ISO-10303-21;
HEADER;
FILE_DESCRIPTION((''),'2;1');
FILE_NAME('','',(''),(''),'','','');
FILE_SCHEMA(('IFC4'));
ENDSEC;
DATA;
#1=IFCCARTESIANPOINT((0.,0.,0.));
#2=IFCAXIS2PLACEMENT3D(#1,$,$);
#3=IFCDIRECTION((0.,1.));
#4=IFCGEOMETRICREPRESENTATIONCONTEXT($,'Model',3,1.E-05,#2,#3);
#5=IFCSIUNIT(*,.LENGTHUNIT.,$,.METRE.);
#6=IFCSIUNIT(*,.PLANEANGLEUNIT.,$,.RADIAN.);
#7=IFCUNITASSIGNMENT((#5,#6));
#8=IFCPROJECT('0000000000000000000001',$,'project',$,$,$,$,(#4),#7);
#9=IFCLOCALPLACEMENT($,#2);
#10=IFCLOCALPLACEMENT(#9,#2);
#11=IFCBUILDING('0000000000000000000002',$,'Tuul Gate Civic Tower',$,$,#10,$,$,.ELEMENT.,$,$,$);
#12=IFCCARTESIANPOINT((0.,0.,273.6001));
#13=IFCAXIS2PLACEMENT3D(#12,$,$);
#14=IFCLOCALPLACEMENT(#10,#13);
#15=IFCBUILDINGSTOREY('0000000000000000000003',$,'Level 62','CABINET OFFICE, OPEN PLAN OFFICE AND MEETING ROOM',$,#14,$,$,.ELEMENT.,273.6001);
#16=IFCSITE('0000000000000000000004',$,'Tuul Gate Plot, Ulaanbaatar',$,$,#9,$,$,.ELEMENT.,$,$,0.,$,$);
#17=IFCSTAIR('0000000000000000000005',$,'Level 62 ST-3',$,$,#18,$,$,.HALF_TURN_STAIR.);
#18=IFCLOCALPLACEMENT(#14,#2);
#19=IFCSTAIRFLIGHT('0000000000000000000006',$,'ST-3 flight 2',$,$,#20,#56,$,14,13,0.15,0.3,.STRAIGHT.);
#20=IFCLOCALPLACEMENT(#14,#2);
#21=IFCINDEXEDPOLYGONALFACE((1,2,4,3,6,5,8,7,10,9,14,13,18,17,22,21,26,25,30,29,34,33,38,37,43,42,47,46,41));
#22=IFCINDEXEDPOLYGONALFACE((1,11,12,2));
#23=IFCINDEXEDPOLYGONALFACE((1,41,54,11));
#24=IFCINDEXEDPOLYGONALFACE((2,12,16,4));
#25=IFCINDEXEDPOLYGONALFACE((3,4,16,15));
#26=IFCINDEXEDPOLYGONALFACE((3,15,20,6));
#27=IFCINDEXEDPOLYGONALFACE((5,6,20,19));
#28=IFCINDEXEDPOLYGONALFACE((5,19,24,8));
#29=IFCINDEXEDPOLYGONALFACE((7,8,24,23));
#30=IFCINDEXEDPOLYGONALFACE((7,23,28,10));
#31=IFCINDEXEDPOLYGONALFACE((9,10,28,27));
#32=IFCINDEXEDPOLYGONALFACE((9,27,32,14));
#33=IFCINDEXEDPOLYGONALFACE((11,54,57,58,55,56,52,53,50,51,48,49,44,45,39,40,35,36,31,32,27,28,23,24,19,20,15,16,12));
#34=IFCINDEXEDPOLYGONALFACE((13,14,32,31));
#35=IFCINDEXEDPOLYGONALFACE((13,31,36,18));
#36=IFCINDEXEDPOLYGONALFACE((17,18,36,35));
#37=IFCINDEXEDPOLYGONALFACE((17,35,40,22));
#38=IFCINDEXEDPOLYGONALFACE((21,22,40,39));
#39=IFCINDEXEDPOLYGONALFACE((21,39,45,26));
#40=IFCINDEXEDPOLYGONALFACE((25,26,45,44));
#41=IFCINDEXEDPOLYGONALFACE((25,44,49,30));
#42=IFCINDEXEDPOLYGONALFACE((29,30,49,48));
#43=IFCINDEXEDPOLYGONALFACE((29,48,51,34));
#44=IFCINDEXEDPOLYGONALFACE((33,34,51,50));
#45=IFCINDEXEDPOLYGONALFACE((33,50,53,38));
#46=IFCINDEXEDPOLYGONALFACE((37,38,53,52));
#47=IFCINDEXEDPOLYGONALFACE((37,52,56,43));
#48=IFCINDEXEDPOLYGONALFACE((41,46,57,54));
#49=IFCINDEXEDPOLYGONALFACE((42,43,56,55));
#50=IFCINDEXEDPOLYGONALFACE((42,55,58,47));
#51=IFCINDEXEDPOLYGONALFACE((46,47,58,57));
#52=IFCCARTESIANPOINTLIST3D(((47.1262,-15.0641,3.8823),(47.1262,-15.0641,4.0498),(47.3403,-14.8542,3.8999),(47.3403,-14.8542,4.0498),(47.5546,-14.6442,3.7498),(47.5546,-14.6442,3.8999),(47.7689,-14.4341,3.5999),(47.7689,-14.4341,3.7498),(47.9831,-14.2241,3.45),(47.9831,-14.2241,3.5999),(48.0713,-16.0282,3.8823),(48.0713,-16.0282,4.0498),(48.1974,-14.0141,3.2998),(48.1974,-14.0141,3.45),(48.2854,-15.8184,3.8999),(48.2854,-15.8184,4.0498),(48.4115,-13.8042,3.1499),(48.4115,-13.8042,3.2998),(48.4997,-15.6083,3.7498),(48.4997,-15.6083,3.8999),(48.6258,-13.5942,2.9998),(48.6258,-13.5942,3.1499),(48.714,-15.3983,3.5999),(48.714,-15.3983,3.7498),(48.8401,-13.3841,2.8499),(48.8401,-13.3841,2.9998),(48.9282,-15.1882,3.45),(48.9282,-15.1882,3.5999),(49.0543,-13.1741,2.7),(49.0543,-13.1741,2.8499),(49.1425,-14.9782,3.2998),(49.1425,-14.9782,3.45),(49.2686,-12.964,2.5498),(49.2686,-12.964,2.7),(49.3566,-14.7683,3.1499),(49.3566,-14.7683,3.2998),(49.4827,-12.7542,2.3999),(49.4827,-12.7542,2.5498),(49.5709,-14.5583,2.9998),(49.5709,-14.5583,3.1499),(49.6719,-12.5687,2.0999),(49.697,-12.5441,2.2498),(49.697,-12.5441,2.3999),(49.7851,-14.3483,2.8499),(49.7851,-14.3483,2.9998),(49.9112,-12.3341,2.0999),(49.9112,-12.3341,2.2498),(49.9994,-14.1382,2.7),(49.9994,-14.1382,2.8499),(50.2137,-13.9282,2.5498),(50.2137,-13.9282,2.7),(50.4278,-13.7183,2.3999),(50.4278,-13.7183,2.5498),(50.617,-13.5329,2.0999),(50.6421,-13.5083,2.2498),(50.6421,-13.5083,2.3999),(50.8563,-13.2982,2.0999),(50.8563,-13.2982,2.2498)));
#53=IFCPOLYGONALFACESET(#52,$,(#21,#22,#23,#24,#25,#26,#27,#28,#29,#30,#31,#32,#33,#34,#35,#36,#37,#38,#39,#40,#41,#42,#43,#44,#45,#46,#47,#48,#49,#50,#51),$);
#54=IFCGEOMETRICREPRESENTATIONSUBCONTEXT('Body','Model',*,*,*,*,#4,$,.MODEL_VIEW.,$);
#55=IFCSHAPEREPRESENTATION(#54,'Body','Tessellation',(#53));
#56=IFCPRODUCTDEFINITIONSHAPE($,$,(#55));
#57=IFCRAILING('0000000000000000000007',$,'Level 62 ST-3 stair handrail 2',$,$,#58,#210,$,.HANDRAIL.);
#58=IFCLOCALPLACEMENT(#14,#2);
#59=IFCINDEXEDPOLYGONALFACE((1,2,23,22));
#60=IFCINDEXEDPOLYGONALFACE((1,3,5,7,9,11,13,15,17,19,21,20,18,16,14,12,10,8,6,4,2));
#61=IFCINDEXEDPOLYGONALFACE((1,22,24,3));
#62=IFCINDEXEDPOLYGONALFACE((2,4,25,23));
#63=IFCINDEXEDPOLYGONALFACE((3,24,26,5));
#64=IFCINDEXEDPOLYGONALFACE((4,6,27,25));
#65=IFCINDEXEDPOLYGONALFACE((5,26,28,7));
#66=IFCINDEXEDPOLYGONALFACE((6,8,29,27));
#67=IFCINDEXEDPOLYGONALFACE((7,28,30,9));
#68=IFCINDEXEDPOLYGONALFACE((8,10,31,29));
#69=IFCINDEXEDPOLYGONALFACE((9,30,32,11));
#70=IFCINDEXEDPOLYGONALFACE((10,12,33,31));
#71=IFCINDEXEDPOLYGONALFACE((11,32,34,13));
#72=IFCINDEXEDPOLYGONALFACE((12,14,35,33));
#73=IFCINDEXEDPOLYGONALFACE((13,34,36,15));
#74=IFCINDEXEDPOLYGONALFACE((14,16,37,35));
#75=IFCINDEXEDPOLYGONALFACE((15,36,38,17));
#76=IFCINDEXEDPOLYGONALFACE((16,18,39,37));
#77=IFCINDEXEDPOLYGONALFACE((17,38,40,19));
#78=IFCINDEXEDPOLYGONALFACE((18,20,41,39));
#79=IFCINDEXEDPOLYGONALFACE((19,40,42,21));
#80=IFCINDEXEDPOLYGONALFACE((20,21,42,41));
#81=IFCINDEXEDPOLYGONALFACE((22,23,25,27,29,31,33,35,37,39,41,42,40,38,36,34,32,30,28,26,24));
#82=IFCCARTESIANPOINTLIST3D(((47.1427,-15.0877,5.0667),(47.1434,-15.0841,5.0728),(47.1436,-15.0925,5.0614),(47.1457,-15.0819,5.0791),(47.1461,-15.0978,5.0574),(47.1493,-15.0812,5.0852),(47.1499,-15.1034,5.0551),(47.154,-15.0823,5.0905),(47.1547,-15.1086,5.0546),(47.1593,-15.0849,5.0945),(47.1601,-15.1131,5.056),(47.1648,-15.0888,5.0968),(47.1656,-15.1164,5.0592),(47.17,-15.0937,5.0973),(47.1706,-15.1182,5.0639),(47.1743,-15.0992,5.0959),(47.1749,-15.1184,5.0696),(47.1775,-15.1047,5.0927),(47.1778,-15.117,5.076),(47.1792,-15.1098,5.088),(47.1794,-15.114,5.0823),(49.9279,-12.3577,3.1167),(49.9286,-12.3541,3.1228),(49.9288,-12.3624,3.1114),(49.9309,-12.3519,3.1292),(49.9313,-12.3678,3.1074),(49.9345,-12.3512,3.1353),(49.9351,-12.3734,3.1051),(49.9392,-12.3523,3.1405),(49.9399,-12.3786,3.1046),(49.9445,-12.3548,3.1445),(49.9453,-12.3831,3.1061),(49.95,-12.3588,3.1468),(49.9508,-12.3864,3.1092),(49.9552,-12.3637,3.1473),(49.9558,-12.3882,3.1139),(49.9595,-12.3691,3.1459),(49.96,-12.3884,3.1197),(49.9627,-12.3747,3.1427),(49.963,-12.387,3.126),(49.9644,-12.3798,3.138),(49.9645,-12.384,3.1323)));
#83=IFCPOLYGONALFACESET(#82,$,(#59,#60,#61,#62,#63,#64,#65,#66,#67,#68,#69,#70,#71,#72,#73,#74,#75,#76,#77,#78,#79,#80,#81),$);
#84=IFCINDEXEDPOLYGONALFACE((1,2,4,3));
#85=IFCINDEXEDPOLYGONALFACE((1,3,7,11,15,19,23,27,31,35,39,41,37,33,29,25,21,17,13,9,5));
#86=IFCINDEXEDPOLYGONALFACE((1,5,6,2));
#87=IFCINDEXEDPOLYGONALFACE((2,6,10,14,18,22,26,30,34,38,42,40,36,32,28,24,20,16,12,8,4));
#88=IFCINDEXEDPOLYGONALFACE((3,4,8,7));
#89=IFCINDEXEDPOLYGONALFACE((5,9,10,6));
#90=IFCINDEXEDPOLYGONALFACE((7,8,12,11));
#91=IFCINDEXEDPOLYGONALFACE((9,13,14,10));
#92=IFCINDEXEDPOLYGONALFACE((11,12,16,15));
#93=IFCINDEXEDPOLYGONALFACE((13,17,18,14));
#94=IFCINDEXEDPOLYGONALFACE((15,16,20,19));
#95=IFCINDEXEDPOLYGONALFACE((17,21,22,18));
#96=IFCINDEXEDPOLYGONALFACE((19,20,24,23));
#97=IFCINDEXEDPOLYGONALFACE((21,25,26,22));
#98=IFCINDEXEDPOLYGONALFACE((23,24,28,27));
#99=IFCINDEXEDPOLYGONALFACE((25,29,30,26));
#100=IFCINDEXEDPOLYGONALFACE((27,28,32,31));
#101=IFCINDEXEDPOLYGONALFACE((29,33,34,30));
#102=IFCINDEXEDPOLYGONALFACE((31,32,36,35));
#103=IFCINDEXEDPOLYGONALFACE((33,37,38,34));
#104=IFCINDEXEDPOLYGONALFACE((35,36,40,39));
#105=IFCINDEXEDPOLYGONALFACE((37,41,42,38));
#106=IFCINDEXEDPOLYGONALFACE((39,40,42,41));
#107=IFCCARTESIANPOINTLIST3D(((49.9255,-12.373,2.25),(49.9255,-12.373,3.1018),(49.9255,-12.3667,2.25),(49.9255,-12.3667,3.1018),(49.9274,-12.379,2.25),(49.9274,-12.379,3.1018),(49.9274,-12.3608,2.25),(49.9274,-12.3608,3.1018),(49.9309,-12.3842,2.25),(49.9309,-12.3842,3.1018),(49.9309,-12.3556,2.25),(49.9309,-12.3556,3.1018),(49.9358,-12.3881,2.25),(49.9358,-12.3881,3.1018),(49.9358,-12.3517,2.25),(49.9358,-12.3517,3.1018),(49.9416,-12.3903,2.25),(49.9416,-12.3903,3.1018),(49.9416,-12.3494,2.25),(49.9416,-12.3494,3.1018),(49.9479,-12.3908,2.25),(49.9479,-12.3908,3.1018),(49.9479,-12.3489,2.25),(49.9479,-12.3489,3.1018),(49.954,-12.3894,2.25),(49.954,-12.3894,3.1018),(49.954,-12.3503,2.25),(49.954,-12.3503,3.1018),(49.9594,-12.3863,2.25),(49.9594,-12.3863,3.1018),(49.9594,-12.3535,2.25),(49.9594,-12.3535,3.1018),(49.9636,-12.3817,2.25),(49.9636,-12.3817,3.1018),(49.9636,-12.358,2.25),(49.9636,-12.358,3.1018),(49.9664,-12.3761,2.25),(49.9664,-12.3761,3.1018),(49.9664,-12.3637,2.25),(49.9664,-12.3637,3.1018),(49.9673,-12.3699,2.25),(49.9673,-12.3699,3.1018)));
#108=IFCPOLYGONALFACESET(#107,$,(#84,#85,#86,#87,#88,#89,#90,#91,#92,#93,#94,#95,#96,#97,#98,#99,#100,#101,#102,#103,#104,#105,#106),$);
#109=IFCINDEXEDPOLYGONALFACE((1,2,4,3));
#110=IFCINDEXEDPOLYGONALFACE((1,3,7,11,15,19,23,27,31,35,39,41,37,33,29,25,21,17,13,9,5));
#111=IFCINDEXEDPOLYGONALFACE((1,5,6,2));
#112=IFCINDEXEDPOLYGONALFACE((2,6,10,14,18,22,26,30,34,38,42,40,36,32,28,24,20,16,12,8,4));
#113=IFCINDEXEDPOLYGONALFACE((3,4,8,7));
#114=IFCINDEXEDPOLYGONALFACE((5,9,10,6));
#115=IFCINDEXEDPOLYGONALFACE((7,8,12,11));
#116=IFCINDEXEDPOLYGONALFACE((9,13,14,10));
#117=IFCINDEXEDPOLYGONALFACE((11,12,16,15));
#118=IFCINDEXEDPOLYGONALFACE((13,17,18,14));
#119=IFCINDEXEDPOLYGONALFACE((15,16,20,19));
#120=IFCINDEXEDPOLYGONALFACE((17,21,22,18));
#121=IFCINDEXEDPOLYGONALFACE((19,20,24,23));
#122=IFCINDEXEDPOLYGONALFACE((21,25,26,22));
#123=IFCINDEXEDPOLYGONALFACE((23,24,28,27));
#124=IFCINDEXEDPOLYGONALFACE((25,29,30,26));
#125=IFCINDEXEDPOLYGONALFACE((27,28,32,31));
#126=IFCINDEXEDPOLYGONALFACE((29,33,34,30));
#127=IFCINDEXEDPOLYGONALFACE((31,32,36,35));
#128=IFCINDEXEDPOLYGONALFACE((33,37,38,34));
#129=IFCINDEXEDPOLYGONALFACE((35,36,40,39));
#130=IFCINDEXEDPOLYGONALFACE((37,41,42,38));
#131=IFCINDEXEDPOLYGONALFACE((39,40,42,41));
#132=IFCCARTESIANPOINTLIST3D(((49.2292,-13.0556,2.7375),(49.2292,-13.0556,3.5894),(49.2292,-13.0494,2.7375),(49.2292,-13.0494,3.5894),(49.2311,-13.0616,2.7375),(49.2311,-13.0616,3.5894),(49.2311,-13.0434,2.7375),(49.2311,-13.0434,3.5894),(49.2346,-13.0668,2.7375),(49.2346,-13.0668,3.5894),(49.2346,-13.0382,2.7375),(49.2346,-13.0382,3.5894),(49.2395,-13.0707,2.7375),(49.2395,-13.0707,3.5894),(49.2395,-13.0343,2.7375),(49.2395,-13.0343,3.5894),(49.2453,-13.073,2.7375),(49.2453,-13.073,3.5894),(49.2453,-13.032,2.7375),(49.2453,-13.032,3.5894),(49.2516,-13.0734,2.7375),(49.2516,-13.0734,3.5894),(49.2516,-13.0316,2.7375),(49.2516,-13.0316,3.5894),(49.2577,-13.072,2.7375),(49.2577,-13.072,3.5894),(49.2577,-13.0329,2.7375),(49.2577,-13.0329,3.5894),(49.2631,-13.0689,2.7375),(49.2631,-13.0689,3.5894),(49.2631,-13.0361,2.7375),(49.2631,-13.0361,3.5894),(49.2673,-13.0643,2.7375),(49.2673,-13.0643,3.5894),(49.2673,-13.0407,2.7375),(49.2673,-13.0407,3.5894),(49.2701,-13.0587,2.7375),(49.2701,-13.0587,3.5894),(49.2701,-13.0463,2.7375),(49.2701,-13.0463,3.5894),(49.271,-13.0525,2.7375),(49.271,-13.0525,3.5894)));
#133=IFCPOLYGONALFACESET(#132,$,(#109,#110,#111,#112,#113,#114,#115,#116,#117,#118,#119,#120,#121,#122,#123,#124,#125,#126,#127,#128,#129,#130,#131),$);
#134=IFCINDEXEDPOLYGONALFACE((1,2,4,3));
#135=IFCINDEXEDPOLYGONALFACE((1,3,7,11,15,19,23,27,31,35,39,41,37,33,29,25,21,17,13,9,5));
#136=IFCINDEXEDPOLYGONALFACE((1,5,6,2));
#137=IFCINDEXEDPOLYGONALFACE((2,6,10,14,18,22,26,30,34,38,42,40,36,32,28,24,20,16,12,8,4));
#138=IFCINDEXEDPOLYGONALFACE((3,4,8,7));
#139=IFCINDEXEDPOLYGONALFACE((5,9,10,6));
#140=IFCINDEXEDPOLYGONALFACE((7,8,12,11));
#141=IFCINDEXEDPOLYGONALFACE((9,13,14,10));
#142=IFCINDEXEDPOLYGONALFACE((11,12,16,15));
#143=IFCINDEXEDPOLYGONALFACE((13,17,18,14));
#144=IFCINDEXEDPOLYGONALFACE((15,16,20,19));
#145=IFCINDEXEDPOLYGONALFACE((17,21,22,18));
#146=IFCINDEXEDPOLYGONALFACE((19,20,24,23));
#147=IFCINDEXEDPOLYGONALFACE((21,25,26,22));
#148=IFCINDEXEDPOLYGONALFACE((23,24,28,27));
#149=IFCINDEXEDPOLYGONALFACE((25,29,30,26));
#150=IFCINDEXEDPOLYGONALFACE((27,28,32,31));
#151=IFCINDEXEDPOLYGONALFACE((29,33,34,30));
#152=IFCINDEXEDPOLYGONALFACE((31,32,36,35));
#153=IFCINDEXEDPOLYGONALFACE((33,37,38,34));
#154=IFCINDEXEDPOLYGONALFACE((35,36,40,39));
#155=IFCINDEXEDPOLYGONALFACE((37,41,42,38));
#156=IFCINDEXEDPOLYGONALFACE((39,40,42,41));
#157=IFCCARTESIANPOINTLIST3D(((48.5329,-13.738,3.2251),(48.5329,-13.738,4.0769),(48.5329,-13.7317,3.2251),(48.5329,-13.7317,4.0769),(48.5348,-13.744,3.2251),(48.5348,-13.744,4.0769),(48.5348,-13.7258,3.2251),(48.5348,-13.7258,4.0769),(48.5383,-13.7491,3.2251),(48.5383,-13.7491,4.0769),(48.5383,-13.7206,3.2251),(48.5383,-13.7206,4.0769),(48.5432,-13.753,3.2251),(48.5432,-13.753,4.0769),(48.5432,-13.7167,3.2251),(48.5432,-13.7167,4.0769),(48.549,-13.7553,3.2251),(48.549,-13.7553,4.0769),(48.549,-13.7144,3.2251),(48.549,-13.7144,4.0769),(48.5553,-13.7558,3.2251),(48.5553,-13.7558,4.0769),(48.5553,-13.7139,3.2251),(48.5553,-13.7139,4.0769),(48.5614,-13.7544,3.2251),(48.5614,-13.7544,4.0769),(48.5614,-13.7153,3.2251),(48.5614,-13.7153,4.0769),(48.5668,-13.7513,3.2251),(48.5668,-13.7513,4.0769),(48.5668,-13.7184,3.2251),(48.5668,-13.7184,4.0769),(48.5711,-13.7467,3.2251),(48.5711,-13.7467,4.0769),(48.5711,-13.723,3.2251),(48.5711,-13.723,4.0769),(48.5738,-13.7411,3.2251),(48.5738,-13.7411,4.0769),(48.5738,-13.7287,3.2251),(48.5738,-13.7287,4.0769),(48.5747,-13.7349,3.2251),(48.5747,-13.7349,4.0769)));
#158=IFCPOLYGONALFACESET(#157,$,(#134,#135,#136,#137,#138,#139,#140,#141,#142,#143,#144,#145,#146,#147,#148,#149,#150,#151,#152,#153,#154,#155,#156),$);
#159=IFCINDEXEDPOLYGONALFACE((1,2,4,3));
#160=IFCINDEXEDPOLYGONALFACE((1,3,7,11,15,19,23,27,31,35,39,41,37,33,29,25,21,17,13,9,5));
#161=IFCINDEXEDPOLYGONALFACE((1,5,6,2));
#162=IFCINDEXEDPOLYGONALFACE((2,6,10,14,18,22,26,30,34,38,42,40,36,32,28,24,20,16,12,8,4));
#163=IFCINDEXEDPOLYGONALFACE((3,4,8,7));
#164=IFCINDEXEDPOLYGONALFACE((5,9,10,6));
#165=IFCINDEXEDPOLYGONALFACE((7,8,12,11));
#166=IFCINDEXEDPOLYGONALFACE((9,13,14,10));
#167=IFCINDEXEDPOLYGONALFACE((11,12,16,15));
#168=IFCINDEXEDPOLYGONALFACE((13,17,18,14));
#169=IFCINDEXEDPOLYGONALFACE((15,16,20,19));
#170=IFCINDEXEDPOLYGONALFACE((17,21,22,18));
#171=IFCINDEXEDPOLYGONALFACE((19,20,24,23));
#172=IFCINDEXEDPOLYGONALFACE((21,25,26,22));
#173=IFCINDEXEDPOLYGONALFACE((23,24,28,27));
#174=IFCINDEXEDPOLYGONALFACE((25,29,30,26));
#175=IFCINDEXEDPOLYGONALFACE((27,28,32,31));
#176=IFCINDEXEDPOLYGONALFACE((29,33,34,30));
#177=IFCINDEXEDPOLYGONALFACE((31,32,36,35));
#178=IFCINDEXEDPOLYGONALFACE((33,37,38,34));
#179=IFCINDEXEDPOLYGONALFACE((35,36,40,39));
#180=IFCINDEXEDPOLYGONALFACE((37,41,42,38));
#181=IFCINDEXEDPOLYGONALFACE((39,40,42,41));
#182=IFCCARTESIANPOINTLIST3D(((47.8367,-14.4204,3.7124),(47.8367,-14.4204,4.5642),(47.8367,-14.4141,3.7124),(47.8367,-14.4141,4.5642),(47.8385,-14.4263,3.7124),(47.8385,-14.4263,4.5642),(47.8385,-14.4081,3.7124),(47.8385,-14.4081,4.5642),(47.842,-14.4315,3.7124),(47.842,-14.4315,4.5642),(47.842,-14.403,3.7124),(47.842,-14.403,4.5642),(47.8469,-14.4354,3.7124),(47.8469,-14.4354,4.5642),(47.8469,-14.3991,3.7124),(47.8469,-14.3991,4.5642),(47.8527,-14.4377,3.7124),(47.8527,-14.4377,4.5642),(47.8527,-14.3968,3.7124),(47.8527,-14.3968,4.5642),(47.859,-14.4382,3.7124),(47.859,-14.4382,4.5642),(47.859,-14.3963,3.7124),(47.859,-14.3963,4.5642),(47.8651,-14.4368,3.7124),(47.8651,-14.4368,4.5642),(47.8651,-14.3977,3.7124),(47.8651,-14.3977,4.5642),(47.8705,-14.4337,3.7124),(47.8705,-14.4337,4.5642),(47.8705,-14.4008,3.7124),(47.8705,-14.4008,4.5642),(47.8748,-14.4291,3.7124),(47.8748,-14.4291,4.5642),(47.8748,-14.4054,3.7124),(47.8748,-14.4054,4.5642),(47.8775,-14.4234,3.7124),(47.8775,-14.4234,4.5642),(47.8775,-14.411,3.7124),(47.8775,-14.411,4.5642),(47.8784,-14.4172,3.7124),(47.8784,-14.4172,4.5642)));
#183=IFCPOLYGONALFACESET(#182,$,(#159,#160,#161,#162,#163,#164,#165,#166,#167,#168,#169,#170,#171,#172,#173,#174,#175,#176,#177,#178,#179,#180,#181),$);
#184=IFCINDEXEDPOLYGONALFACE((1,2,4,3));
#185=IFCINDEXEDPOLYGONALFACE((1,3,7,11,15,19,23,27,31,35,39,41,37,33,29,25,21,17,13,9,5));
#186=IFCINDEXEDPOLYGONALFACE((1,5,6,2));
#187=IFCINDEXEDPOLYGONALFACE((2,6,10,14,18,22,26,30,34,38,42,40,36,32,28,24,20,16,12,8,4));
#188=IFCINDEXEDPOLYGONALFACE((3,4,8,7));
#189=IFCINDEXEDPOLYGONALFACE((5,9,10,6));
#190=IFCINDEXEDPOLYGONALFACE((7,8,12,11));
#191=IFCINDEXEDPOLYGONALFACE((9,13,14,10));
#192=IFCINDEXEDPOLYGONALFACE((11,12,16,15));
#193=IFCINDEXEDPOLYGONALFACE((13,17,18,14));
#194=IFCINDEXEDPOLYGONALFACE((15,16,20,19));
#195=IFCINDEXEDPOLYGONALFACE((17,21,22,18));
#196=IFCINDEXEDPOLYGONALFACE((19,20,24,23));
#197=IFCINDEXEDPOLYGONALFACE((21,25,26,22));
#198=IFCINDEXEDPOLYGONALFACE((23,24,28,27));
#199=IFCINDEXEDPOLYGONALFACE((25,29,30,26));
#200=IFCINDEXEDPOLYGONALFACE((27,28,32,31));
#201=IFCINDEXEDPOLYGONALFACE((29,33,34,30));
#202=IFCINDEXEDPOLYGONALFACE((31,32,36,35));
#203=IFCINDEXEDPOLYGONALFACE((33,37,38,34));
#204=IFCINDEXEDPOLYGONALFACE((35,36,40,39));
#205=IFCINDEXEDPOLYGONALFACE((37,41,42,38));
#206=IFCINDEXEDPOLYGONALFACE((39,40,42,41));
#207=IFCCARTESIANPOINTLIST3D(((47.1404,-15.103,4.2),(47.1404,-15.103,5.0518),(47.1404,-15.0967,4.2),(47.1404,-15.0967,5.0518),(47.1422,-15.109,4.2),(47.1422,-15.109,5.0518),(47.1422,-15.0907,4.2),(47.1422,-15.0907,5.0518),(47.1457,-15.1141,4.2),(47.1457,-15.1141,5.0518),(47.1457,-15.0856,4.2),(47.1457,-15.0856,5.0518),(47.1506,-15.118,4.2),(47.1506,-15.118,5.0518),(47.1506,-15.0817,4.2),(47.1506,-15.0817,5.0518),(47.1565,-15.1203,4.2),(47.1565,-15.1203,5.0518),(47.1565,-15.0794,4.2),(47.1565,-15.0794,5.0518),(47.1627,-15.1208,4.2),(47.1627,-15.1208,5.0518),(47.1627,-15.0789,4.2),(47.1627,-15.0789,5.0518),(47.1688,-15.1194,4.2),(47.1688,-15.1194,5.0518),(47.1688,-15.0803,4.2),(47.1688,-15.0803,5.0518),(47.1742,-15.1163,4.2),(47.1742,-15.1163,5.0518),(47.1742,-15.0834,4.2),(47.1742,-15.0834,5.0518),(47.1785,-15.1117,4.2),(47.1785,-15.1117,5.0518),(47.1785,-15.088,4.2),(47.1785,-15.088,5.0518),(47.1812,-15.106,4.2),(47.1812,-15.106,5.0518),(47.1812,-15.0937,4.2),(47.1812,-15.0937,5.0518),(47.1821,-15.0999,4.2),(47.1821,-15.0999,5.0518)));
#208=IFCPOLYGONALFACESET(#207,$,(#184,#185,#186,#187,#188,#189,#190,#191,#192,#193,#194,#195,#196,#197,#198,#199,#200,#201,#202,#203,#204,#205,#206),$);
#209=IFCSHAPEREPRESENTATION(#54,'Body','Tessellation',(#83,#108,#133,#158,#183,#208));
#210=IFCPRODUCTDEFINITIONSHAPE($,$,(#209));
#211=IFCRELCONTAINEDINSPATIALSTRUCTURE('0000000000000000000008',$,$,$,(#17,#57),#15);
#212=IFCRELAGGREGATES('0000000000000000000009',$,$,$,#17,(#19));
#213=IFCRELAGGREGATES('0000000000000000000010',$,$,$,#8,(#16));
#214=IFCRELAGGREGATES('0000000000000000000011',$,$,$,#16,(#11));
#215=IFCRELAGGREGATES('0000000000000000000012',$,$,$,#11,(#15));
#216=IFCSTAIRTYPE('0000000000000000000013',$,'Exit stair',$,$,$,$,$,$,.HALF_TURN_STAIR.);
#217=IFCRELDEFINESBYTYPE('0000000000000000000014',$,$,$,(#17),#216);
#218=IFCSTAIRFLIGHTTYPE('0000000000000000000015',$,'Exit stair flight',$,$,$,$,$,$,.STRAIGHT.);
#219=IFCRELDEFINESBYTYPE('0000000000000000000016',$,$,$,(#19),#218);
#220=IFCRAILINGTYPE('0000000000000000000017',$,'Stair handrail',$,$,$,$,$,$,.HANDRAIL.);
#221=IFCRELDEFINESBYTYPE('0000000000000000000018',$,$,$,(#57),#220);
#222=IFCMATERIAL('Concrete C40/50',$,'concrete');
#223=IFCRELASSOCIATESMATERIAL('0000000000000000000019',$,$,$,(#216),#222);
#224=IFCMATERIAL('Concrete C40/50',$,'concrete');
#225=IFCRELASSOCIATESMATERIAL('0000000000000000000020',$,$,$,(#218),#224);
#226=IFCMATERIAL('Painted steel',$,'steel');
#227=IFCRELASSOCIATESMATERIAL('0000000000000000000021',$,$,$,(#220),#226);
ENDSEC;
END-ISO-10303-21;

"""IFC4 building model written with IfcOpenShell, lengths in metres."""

from ifc_helpers import new_model, si_unit, direction, frame, origin, origin_2d, place, context, subcontext, project, spatial, polyline, circle, outline, extrude, material, type_object, element, aggregate, save


model = new_model("IFC4")

# Units and contexts
model_context = context("Model", 3, precision=1e-05, world=origin(), true_north=direction((0.0, 1.0)))
body_context = subcontext(model_context, "Body", "Model", "MODEL_VIEW")
ifc_project = project(units=[si_unit("LENGTHUNIT", "METRE"), si_unit("PLANEANGLEUNIT", "RADIAN")], contexts=[model_context])

# Site, building, storey
site_placement = place(None, origin())
site = spatial("IfcSite", under=ifc_project, at=site_placement, Name="Tuul Gate Plot, Ulaanbaatar", CompositionType="ELEMENT", RefElevation=0.0)
building_placement = place(site_placement, origin())
building = spatial("IfcBuilding", under=site, at=building_placement, Name="Tuul Gate Civic Tower", CompositionType="ELEMENT")
storey_placement = place(building_placement, frame((0.0, 0.0, 273.6001)))
storey = spatial("IfcBuildingStorey", under=building, at=storey_placement, Name="Level 62", Description="CABINET OFFICE, OPEN PLAN OFFICE AND MEETING ROOM", CompositionType="ELEMENT", Elevation=273.6001)

# Stair, stair flight
ifc_material_1 = material(Name="Concrete C40/50", Category="concrete")
stair_type = type_object("IfcStairType", Name="Exit stair", PredefinedType="HALF_TURN_STAIR", material=ifc_material_1)
stair_placement = place(storey_placement, origin())
stair = element("IfcStair", 1, at=stair_placement, inside=storey, type_object=stair_type, Name="Level 62 ST-3", PredefinedType="HALF_TURN_STAIR")
ifc_material_2 = material(Name="Concrete C40/50", Category="concrete")
stair_flight_type = type_object("IfcStairFlightType", Name="Exit stair flight", PredefinedType="STRAIGHT", material=ifc_material_2)
stair_flight_placement = place(storey_placement, frame((50.3838, -12.8162, 2.0999), z_axis=(0.0, 0.0, 1.0), x_axis=(-0.714127, -0.700016, 0.0)))
stair_flight = element("IfcStairFlight", 2, at=stair_flight_placement, type_object=stair_flight_type, Name="ST-3 flight 2", NumberOfRisers=14, NumberOfTreads=13, PredefinedType="STRAIGHT", RiserHeight=0.15, TreadLength=0.3, context=body_context, shape_type="SweptSolid", body=[
    extrude(outline(polyline([(0.0, 0.0), (0.0, 0.1499), (0.3, 0.1499), (0.3, 0.3), (0.6001, 0.3), (0.6001, 0.45), (0.8999, 0.45), (0.8999, 0.6001), (1.2, 0.6001), (1.2, 0.75), (1.5, 0.75), (1.5, 0.8999), (1.8, 0.8999), (1.8, 1.05), (2.1001, 1.05), (2.1001, 1.2), (2.3999, 1.2), (2.3999, 1.3501), (2.7, 1.3501), (2.7, 1.5), (3.0, 1.5), (3.0, 1.6499), (3.3, 1.6499), (3.3, 1.8), (3.6001, 1.8), (3.6001, 1.95), (3.8999, 1.95), (3.8999, 2.1001), (3.8999, 1.7825), (0.3352, 0.0), (0.0, 0.0)])), frame((0.0, 0.675, 0.0), z_axis=(0.0, -1.0, 0.0), x_axis=(1.0, 0.0, 0.0)), (0.0, 0.0, 1.0), 1.3501),
])
aggregate(stair, [stair_flight])

# Railing
ifc_material_3 = material(Name="Painted steel", Category="steel")
railing_type = type_object("IfcRailingType", Name="Stair handrail", PredefinedType="HANDRAIL", material=ifc_material_3)
railing_placement = place(storey_placement, frame((49.9463, -12.3699, 2.25)))
element("IfcRailing", 3, at=railing_placement, inside=storey, type_object=railing_type, Name="Level 62 ST-3 stair handrail 2", PredefinedType="HANDRAIL", context=body_context, shape_type="SweptSolid", body=[
    extrude(circle(Radius=0.0239, at=origin_2d()), frame((0.0, 0.0, 0.876), z_axis=(-0.638754, -0.6261, 0.447206), x_axis=(0.699998, -0.714145, 0.0)), (0.0, 0.0, 1.0), 4.3604),
    extrude(circle(Radius=0.021, at=origin_2d()), origin(), (0.0, 0.0, 1.0), 0.8518),
    extrude(circle(Radius=0.021, at=origin_2d()), frame((-0.6963, -0.6826, 0.4875)), (0.0, 0.0, 1.0), 0.8518),
    extrude(circle(Radius=0.021, at=origin_2d()), frame((-1.3926, -1.365, 0.9751)), (0.0, 0.0, 1.0), 0.8518),
    extrude(circle(Radius=0.021, at=origin_2d()), frame((-2.0889, -2.0474, 1.4624)), (0.0, 0.0, 1.0), 0.8518),
    extrude(circle(Radius=0.021, at=origin_2d()), frame((-2.7852, -2.73, 1.95)), (0.0, 0.0, 1.0), 0.8518),
])

save(model, "model.ifc")
